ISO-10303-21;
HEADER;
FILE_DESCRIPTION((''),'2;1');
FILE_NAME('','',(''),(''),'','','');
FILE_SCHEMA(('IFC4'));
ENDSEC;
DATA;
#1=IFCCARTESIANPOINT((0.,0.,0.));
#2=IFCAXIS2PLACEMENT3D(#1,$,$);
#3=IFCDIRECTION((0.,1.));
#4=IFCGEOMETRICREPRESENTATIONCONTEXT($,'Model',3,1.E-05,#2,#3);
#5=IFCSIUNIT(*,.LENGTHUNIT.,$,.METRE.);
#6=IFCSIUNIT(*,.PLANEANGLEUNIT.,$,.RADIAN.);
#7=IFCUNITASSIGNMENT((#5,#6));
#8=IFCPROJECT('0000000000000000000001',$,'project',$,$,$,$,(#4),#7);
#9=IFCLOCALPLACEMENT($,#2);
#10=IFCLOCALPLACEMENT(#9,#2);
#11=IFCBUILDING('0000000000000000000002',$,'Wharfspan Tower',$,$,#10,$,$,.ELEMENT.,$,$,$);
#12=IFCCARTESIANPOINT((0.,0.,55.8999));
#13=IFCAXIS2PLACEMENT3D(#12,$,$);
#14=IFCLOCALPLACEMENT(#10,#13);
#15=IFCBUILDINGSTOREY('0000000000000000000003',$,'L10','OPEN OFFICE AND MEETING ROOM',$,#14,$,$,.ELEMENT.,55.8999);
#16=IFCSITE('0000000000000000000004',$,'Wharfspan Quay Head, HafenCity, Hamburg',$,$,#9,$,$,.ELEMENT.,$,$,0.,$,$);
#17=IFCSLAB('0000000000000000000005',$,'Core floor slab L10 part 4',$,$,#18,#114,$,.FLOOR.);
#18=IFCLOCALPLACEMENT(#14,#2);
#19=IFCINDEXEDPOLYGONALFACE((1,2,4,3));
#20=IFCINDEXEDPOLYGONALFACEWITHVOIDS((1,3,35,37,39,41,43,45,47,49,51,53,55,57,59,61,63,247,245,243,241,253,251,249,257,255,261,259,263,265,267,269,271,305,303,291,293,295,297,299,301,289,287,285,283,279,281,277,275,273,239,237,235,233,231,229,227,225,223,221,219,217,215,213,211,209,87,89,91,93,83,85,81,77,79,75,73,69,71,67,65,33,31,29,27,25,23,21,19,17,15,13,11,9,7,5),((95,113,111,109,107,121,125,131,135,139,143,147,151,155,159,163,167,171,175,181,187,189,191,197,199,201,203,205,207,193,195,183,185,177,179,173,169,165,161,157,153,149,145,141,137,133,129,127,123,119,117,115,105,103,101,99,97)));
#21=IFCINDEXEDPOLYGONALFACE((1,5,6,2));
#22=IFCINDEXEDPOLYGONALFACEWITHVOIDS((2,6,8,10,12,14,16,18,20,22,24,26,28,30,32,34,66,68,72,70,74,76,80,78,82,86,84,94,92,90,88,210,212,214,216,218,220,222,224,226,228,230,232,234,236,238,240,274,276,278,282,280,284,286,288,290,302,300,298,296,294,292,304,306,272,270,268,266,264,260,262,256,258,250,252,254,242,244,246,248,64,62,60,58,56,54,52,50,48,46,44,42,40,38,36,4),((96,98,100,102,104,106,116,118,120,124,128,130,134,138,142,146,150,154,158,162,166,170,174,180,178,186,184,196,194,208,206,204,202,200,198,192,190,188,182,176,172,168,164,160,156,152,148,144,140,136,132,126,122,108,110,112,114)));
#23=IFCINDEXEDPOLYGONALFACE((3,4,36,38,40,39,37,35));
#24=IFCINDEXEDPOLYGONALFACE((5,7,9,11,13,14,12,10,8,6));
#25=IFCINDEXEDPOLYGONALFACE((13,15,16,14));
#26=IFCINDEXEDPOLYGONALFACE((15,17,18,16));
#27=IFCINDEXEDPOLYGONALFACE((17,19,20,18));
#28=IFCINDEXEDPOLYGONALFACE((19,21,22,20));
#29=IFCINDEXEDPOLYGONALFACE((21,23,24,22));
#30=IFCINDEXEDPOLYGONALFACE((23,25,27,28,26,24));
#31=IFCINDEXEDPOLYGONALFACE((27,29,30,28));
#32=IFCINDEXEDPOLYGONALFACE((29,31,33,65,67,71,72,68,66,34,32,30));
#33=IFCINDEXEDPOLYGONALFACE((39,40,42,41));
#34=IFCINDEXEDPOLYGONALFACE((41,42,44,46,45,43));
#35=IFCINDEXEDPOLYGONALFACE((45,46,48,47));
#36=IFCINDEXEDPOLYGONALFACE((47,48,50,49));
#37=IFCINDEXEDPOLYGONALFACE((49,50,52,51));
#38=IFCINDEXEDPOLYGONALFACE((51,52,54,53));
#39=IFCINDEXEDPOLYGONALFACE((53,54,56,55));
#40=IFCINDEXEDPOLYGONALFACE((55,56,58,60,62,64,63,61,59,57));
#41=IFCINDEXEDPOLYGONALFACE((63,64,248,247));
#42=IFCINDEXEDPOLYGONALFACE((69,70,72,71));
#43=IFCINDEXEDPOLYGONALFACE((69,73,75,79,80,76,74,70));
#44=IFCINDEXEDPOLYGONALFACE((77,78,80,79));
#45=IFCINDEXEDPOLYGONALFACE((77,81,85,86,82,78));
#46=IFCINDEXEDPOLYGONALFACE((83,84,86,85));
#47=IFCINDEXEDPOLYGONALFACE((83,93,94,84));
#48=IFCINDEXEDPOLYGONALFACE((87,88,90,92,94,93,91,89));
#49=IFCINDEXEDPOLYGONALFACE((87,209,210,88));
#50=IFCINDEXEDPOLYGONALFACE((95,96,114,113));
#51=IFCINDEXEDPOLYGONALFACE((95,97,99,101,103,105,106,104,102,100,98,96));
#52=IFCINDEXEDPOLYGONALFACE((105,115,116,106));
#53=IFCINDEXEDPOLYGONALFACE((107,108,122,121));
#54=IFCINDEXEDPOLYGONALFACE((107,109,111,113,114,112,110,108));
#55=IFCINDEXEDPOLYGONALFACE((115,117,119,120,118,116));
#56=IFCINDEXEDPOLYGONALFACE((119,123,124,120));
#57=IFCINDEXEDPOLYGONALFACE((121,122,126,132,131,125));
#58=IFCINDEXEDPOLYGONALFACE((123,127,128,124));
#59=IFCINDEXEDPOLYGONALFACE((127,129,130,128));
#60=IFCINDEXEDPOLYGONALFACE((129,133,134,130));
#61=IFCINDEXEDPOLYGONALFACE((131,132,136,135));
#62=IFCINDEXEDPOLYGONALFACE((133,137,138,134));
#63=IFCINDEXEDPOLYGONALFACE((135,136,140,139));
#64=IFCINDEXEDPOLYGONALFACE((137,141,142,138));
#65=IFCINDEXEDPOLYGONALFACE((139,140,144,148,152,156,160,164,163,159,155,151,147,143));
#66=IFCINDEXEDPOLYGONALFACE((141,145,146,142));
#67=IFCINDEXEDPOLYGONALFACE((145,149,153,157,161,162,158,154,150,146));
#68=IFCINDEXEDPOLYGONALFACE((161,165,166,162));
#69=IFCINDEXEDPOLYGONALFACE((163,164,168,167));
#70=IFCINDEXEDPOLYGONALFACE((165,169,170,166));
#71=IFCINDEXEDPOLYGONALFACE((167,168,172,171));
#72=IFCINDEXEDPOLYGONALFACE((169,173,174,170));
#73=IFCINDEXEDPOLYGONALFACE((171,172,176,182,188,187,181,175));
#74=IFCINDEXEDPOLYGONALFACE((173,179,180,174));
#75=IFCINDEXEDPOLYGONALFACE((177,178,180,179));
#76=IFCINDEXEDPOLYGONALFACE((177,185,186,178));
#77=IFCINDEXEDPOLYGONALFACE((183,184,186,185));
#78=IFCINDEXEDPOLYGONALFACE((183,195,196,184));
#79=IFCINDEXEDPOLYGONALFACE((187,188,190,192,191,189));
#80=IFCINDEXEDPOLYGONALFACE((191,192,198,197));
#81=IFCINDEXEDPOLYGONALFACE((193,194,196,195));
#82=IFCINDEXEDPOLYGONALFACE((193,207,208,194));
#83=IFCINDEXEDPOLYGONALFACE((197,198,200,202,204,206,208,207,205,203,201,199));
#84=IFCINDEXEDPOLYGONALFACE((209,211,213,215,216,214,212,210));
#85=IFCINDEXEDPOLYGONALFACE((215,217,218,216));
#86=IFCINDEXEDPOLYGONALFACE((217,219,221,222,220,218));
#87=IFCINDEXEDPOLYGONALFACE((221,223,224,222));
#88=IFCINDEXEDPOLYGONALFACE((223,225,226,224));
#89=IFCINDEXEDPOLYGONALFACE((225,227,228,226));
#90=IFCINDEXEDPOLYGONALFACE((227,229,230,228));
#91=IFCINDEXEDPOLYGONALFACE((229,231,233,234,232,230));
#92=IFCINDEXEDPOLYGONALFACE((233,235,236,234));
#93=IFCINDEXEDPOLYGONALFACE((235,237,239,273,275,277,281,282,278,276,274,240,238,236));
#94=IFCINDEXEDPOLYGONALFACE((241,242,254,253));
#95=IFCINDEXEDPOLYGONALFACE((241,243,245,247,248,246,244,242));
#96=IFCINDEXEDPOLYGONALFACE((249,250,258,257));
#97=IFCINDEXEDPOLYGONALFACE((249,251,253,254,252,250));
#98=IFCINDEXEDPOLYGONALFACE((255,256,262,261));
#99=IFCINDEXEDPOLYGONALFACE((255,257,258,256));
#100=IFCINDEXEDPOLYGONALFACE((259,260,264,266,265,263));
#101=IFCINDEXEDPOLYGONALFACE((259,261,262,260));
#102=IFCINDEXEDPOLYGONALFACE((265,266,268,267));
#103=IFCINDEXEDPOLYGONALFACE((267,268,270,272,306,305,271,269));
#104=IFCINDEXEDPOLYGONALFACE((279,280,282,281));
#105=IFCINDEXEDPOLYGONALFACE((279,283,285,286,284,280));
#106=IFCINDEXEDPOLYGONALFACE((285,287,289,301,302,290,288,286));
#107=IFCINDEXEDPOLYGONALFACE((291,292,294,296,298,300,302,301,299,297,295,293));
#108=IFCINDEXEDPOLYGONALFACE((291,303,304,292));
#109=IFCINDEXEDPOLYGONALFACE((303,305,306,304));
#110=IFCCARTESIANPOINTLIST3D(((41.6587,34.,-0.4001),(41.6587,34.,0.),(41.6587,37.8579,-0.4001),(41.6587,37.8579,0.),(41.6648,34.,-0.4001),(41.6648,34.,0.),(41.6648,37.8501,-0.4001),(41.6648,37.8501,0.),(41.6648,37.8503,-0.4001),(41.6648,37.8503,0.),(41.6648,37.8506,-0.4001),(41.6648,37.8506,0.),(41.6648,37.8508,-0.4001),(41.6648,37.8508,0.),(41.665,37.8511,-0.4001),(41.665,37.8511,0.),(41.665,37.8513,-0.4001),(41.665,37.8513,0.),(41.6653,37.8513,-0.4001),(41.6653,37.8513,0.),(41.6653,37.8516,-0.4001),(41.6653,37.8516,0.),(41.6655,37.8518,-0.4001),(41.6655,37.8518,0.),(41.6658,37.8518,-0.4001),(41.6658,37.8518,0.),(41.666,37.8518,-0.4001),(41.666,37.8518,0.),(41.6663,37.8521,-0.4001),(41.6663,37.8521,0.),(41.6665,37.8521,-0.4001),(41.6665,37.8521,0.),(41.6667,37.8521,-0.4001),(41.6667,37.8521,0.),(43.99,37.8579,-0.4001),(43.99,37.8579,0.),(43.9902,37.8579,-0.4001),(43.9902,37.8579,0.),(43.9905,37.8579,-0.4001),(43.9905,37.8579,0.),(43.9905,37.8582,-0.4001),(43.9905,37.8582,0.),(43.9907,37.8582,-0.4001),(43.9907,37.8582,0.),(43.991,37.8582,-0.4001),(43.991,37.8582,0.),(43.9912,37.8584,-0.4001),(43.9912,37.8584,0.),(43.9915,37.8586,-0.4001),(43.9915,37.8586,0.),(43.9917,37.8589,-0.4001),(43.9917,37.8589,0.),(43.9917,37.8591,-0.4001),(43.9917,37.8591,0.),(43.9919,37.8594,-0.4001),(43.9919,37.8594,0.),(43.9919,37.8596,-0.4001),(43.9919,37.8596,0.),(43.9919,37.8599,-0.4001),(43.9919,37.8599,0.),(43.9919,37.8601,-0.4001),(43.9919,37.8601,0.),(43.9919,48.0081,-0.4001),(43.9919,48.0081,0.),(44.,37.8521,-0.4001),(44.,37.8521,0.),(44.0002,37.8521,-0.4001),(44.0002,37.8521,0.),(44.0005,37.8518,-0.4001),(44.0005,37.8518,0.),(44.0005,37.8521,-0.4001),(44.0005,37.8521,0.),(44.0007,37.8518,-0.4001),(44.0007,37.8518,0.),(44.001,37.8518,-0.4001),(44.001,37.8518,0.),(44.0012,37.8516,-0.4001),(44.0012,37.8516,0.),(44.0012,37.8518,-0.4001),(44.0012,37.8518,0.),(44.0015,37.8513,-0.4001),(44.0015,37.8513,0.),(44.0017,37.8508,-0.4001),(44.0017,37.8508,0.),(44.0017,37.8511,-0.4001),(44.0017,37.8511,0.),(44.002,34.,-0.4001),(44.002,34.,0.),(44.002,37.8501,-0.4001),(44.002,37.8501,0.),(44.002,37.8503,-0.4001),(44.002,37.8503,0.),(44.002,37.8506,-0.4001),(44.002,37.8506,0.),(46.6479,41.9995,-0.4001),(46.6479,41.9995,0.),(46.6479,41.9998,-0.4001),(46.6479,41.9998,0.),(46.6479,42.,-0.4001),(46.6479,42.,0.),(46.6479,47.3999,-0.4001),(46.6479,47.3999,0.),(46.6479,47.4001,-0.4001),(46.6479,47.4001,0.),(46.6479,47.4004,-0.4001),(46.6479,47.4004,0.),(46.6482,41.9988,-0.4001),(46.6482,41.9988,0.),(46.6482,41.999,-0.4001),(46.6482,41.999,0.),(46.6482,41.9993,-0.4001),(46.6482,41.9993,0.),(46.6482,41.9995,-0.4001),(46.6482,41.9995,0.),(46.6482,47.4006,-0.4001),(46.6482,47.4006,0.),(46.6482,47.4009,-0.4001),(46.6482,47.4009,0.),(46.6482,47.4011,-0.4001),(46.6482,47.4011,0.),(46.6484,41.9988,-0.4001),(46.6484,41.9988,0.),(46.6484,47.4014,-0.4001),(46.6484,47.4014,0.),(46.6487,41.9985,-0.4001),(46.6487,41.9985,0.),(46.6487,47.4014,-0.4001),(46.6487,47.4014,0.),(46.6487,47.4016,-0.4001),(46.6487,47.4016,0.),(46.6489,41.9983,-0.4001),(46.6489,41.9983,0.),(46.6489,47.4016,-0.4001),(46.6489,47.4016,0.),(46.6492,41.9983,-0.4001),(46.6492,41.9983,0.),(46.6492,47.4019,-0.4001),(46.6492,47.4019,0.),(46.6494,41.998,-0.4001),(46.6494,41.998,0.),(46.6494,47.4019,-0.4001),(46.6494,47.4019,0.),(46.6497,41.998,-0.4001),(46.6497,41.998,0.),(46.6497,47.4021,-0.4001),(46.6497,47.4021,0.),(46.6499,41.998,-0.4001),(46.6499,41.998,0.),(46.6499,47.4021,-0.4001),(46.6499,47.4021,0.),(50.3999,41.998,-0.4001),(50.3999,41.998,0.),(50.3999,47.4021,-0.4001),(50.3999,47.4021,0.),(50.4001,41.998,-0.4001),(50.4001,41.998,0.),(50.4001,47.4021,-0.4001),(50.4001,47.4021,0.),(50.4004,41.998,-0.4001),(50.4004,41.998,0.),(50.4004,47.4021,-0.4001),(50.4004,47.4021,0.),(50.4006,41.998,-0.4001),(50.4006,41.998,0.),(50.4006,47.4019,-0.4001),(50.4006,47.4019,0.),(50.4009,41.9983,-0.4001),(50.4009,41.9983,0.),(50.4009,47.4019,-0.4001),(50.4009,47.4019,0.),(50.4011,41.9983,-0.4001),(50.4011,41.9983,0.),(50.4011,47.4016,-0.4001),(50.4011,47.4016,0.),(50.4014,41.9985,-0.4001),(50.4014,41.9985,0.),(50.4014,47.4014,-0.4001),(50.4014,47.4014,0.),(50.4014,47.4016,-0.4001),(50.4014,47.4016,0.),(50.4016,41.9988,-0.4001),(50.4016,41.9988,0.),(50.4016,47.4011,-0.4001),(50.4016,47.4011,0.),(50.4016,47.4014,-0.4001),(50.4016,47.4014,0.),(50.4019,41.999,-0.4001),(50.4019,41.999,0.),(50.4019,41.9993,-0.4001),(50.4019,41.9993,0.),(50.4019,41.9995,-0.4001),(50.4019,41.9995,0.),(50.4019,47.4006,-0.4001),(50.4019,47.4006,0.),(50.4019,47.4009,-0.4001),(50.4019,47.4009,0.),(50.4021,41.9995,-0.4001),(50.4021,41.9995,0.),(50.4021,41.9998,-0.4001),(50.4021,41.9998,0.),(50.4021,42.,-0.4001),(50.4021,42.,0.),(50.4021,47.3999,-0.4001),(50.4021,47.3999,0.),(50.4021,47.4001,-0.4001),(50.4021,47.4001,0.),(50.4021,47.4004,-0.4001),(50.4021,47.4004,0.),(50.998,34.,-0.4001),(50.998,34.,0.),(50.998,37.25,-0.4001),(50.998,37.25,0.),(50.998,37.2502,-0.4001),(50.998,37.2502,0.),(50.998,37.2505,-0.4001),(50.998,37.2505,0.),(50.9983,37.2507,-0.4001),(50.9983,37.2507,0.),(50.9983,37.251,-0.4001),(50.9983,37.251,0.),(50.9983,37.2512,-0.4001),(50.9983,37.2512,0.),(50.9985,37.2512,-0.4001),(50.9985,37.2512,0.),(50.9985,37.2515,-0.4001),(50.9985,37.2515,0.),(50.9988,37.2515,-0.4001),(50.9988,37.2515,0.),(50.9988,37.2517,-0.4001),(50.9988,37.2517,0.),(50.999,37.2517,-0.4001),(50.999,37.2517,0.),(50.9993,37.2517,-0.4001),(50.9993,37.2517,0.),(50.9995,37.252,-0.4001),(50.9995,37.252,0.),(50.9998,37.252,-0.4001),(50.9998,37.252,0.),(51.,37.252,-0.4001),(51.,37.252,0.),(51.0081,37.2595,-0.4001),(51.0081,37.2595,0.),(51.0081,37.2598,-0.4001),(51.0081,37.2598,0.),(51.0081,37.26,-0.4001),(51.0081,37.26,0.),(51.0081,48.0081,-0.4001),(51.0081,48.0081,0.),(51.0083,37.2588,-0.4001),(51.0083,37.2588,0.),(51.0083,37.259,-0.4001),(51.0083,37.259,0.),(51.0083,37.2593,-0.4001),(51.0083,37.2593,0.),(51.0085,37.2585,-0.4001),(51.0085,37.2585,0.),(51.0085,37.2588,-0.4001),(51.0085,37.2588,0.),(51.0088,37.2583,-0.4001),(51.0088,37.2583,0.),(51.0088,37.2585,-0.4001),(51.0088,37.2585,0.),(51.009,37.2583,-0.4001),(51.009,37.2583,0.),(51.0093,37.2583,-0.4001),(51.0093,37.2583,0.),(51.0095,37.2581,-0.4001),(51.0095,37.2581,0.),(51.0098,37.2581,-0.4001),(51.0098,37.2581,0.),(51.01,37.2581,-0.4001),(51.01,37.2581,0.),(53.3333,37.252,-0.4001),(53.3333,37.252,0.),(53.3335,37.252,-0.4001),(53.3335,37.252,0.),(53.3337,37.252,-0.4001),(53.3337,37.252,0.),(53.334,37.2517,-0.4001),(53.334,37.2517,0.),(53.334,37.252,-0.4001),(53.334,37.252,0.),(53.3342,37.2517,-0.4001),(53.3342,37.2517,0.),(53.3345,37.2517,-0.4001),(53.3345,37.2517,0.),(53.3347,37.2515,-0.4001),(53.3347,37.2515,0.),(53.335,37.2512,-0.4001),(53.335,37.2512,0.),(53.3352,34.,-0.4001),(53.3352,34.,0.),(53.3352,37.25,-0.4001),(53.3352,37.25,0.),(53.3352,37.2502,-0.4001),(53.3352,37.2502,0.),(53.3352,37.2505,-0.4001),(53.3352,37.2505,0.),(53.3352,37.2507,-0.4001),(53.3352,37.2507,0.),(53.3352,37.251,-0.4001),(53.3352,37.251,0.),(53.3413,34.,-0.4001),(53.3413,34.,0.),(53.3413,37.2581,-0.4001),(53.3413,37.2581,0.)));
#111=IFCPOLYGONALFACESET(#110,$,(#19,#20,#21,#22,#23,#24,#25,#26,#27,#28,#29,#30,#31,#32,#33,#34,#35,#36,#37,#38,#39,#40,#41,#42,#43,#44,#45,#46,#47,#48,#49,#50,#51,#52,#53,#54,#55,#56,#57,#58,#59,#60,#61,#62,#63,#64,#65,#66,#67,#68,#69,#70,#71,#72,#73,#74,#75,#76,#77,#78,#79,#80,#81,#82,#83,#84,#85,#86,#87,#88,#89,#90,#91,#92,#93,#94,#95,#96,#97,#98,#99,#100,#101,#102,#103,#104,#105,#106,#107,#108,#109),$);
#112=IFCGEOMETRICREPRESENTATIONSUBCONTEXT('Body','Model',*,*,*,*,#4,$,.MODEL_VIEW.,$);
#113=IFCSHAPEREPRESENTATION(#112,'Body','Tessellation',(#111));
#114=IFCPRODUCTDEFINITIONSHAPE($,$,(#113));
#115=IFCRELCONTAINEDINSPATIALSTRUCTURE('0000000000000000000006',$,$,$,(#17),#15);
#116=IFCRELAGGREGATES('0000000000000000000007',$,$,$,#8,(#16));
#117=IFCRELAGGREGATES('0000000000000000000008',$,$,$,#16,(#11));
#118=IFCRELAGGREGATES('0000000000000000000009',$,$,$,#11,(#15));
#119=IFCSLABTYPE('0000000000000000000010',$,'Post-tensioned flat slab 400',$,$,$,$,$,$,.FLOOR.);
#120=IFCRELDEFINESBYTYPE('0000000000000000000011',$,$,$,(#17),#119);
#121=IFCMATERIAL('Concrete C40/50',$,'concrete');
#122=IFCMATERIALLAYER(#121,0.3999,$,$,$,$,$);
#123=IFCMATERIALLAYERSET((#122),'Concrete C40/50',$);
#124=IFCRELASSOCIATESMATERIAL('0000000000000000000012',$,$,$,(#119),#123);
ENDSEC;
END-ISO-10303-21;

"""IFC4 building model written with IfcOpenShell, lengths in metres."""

from ifc_helpers import new_model, si_unit, direction, frame, origin, place, context, subcontext, project, spatial, polyline, outline, extrude, material, layer, layer_set, type_object, element, save


model = new_model("IFC4")

# Units and contexts
model_context = context("Model", 3, precision=1e-05, world=origin(), true_north=direction((0.0, 1.0)))
body_context = subcontext(model_context, "Body", "Model", "MODEL_VIEW")
ifc_project = project(units=[si_unit("LENGTHUNIT", "METRE"), si_unit("PLANEANGLEUNIT", "RADIAN")], contexts=[model_context])

# Site, building, storey
site_placement = place(None, origin())
site = spatial("IfcSite", under=ifc_project, at=site_placement, Name="Wharfspan Quay Head, HafenCity, Hamburg", CompositionType="ELEMENT", RefElevation=0.0)
building_placement = place(site_placement, origin())
building = spatial("IfcBuilding", under=site, at=building_placement, Name="Wharfspan Tower", CompositionType="ELEMENT")
storey_placement = place(building_placement, frame((0.0, 0.0, 55.8999)))
storey = spatial("IfcBuildingStorey", under=building, at=storey_placement, Name="L10", Description="OPEN OFFICE AND MEETING ROOM", CompositionType="ELEMENT", Elevation=55.8999)

# Slab
ifc_material_1 = material(Name="Concrete C40/50", Category="concrete")
ifc_layer_1 = layer(ifc_material_1, 0.3999)
ifc_layer_set_1 = layer_set([ifc_layer_1], Name="Concrete C40/50")
slab_type = type_object("IfcSlabType", Name="Post-tensioned flat slab 400", PredefinedType="FLOOR", material=ifc_layer_set_1)
slab_1_placement = place(storey_placement, frame((0.0, 0.0, -0.4001)))
element("IfcSlab", 1, at=slab_1_placement, inside=storey, type_object=slab_type, Name="Core floor slab L10 part 4", PredefinedType="FLOOR", context=body_context, shape_type="SweptSolid", body=[
    extrude(outline(polyline([(53.3413, 34.0), (53.3413, 37.2581), (51.01, 37.2581), (51.0098, 37.2581), (51.0095, 37.2581), (51.0095, 37.2581), (51.0093, 37.2583), (51.009, 37.2583), (51.0088, 37.2583), (51.0088, 37.2585), (51.0085, 37.2585), (51.0085, 37.2588), (51.0083, 37.2588), (51.0083, 37.259), (51.0083, 37.2593), (51.0081, 37.2595), (51.0081, 37.2595), (51.0081, 37.2598), (51.0081, 37.26), (51.0081, 48.0081), (43.9919, 48.0081), (43.9919, 37.8601), (43.9919, 37.8599), (43.9919, 37.8596), (43.9919, 37.8594), (43.9917, 37.8591), (43.9917, 37.8591), (43.9917, 37.8589), (43.9915, 37.8586), (43.9915, 37.8586), (43.9912, 37.8584), (43.9912, 37.8584), (43.991, 37.8582), (43.9907, 37.8582), (43.9905, 37.8582), (43.9905, 37.8579), (43.9902, 37.8579), (43.99, 37.8579), (41.6587, 37.8579), (41.6587, 34.0), (41.6648, 34.0), (41.6648, 37.8501), (41.6648, 37.8501), (41.6648, 37.8503), (41.6648, 37.8506), (41.6648, 37.8508), (41.6648, 37.8508), (41.665, 37.8511), (41.665, 37.8513), (41.6653, 37.8513), (41.6653, 37.8516), (41.6655, 37.8518), (41.6658, 37.8518), (41.666, 37.8518), (41.666, 37.8518), (41.6663, 37.8521), (41.6665, 37.8521), (41.6667, 37.8521), (44.0, 37.8521), (44.0002, 37.8521), (44.0005, 37.8521), (44.0005, 37.8518), (44.0007, 37.8518), (44.001, 37.8518), (44.0012, 37.8518), (44.0012, 37.8516), (44.0015, 37.8513), (44.0015, 37.8513), (44.0017, 37.8511), (44.0017, 37.8508), (44.0017, 37.8508), (44.002, 37.8506), (44.002, 37.8503), (44.002, 37.8501), (44.002, 37.8501), (44.002, 34.0), (50.998, 34.0), (50.998, 37.25), (50.998, 37.2502), (50.998, 37.2505), (50.998, 37.2505), (50.9983, 37.2507), (50.9983, 37.251), (50.9983, 37.2512), (50.9985, 37.2512), (50.9985, 37.2515), (50.9988, 37.2515), (50.9988, 37.2517), (50.999, 37.2517), (50.9993, 37.2517), (50.9995, 37.252), (50.9995, 37.252), (50.9998, 37.252), (51.0, 37.252), (53.3333, 37.252), (53.3335, 37.252), (53.3337, 37.252), (53.334, 37.252), (53.334, 37.2517), (53.3342, 37.2517), (53.3345, 37.2517), (53.3347, 37.2515), (53.3347, 37.2515), (53.335, 37.2512), (53.335, 37.2512), (53.3352, 37.251), (53.3352, 37.2507), (53.3352, 37.2505), (53.3352, 37.2505), (53.3352, 37.2502), (53.3352, 37.25), (53.3352, 34.0), (53.3413, 34.0)]), holes=[polyline([(46.6499, 41.998), (46.6499, 41.998), (46.6497, 41.998), (46.6494, 41.998), (46.6492, 41.9983), (46.6492, 41.9983), (46.6489, 41.9983), (46.6487, 41.9985), (46.6487, 41.9985), (46.6484, 41.9988), (46.6482, 41.9988), (46.6482, 41.999), (46.6482, 41.9993), (46.6482, 41.9995), (46.6479, 41.9995), (46.6479, 41.9998), (46.6479, 42.0), (46.6479, 47.3999), (46.6479, 47.4001), (46.6479, 47.4004), (46.6482, 47.4006), (46.6482, 47.4009), (46.6482, 47.4009), (46.6482, 47.4011), (46.6484, 47.4014), (46.6487, 47.4014), (46.6487, 47.4016), (46.6489, 47.4016), (46.6492, 47.4019), (46.6492, 47.4019), (46.6494, 47.4019), (46.6497, 47.4021), (46.6499, 47.4021), (46.6499, 47.4021), (50.3999, 47.4021), (50.4001, 47.4021), (50.4004, 47.4021), (50.4006, 47.4019), (50.4009, 47.4019), (50.4009, 47.4019), (50.4011, 47.4016), (50.4014, 47.4016), (50.4014, 47.4014), (50.4016, 47.4014), (50.4016, 47.4011), (50.4019, 47.4009), (50.4019, 47.4009), (50.4019, 47.4006), (50.4021, 47.4004), (50.4021, 47.4001), (50.4021, 47.3999), (50.4021, 42.0), (50.4021, 41.9998), (50.4021, 41.9995), (50.4019, 41.9995), (50.4019, 41.9993), (50.4019, 41.999), (50.4016, 41.9988), (50.4016, 41.9988), (50.4014, 41.9985), (50.4014, 41.9985), (50.4011, 41.9983), (50.4009, 41.9983), (50.4009, 41.9983), (50.4006, 41.998), (50.4004, 41.998), (50.4001, 41.998), (50.3999, 41.998), (46.6499, 41.998)])]), origin(), (0.0, 0.0, 1.0), 0.4001),
])

save(model, "model.ifc")
